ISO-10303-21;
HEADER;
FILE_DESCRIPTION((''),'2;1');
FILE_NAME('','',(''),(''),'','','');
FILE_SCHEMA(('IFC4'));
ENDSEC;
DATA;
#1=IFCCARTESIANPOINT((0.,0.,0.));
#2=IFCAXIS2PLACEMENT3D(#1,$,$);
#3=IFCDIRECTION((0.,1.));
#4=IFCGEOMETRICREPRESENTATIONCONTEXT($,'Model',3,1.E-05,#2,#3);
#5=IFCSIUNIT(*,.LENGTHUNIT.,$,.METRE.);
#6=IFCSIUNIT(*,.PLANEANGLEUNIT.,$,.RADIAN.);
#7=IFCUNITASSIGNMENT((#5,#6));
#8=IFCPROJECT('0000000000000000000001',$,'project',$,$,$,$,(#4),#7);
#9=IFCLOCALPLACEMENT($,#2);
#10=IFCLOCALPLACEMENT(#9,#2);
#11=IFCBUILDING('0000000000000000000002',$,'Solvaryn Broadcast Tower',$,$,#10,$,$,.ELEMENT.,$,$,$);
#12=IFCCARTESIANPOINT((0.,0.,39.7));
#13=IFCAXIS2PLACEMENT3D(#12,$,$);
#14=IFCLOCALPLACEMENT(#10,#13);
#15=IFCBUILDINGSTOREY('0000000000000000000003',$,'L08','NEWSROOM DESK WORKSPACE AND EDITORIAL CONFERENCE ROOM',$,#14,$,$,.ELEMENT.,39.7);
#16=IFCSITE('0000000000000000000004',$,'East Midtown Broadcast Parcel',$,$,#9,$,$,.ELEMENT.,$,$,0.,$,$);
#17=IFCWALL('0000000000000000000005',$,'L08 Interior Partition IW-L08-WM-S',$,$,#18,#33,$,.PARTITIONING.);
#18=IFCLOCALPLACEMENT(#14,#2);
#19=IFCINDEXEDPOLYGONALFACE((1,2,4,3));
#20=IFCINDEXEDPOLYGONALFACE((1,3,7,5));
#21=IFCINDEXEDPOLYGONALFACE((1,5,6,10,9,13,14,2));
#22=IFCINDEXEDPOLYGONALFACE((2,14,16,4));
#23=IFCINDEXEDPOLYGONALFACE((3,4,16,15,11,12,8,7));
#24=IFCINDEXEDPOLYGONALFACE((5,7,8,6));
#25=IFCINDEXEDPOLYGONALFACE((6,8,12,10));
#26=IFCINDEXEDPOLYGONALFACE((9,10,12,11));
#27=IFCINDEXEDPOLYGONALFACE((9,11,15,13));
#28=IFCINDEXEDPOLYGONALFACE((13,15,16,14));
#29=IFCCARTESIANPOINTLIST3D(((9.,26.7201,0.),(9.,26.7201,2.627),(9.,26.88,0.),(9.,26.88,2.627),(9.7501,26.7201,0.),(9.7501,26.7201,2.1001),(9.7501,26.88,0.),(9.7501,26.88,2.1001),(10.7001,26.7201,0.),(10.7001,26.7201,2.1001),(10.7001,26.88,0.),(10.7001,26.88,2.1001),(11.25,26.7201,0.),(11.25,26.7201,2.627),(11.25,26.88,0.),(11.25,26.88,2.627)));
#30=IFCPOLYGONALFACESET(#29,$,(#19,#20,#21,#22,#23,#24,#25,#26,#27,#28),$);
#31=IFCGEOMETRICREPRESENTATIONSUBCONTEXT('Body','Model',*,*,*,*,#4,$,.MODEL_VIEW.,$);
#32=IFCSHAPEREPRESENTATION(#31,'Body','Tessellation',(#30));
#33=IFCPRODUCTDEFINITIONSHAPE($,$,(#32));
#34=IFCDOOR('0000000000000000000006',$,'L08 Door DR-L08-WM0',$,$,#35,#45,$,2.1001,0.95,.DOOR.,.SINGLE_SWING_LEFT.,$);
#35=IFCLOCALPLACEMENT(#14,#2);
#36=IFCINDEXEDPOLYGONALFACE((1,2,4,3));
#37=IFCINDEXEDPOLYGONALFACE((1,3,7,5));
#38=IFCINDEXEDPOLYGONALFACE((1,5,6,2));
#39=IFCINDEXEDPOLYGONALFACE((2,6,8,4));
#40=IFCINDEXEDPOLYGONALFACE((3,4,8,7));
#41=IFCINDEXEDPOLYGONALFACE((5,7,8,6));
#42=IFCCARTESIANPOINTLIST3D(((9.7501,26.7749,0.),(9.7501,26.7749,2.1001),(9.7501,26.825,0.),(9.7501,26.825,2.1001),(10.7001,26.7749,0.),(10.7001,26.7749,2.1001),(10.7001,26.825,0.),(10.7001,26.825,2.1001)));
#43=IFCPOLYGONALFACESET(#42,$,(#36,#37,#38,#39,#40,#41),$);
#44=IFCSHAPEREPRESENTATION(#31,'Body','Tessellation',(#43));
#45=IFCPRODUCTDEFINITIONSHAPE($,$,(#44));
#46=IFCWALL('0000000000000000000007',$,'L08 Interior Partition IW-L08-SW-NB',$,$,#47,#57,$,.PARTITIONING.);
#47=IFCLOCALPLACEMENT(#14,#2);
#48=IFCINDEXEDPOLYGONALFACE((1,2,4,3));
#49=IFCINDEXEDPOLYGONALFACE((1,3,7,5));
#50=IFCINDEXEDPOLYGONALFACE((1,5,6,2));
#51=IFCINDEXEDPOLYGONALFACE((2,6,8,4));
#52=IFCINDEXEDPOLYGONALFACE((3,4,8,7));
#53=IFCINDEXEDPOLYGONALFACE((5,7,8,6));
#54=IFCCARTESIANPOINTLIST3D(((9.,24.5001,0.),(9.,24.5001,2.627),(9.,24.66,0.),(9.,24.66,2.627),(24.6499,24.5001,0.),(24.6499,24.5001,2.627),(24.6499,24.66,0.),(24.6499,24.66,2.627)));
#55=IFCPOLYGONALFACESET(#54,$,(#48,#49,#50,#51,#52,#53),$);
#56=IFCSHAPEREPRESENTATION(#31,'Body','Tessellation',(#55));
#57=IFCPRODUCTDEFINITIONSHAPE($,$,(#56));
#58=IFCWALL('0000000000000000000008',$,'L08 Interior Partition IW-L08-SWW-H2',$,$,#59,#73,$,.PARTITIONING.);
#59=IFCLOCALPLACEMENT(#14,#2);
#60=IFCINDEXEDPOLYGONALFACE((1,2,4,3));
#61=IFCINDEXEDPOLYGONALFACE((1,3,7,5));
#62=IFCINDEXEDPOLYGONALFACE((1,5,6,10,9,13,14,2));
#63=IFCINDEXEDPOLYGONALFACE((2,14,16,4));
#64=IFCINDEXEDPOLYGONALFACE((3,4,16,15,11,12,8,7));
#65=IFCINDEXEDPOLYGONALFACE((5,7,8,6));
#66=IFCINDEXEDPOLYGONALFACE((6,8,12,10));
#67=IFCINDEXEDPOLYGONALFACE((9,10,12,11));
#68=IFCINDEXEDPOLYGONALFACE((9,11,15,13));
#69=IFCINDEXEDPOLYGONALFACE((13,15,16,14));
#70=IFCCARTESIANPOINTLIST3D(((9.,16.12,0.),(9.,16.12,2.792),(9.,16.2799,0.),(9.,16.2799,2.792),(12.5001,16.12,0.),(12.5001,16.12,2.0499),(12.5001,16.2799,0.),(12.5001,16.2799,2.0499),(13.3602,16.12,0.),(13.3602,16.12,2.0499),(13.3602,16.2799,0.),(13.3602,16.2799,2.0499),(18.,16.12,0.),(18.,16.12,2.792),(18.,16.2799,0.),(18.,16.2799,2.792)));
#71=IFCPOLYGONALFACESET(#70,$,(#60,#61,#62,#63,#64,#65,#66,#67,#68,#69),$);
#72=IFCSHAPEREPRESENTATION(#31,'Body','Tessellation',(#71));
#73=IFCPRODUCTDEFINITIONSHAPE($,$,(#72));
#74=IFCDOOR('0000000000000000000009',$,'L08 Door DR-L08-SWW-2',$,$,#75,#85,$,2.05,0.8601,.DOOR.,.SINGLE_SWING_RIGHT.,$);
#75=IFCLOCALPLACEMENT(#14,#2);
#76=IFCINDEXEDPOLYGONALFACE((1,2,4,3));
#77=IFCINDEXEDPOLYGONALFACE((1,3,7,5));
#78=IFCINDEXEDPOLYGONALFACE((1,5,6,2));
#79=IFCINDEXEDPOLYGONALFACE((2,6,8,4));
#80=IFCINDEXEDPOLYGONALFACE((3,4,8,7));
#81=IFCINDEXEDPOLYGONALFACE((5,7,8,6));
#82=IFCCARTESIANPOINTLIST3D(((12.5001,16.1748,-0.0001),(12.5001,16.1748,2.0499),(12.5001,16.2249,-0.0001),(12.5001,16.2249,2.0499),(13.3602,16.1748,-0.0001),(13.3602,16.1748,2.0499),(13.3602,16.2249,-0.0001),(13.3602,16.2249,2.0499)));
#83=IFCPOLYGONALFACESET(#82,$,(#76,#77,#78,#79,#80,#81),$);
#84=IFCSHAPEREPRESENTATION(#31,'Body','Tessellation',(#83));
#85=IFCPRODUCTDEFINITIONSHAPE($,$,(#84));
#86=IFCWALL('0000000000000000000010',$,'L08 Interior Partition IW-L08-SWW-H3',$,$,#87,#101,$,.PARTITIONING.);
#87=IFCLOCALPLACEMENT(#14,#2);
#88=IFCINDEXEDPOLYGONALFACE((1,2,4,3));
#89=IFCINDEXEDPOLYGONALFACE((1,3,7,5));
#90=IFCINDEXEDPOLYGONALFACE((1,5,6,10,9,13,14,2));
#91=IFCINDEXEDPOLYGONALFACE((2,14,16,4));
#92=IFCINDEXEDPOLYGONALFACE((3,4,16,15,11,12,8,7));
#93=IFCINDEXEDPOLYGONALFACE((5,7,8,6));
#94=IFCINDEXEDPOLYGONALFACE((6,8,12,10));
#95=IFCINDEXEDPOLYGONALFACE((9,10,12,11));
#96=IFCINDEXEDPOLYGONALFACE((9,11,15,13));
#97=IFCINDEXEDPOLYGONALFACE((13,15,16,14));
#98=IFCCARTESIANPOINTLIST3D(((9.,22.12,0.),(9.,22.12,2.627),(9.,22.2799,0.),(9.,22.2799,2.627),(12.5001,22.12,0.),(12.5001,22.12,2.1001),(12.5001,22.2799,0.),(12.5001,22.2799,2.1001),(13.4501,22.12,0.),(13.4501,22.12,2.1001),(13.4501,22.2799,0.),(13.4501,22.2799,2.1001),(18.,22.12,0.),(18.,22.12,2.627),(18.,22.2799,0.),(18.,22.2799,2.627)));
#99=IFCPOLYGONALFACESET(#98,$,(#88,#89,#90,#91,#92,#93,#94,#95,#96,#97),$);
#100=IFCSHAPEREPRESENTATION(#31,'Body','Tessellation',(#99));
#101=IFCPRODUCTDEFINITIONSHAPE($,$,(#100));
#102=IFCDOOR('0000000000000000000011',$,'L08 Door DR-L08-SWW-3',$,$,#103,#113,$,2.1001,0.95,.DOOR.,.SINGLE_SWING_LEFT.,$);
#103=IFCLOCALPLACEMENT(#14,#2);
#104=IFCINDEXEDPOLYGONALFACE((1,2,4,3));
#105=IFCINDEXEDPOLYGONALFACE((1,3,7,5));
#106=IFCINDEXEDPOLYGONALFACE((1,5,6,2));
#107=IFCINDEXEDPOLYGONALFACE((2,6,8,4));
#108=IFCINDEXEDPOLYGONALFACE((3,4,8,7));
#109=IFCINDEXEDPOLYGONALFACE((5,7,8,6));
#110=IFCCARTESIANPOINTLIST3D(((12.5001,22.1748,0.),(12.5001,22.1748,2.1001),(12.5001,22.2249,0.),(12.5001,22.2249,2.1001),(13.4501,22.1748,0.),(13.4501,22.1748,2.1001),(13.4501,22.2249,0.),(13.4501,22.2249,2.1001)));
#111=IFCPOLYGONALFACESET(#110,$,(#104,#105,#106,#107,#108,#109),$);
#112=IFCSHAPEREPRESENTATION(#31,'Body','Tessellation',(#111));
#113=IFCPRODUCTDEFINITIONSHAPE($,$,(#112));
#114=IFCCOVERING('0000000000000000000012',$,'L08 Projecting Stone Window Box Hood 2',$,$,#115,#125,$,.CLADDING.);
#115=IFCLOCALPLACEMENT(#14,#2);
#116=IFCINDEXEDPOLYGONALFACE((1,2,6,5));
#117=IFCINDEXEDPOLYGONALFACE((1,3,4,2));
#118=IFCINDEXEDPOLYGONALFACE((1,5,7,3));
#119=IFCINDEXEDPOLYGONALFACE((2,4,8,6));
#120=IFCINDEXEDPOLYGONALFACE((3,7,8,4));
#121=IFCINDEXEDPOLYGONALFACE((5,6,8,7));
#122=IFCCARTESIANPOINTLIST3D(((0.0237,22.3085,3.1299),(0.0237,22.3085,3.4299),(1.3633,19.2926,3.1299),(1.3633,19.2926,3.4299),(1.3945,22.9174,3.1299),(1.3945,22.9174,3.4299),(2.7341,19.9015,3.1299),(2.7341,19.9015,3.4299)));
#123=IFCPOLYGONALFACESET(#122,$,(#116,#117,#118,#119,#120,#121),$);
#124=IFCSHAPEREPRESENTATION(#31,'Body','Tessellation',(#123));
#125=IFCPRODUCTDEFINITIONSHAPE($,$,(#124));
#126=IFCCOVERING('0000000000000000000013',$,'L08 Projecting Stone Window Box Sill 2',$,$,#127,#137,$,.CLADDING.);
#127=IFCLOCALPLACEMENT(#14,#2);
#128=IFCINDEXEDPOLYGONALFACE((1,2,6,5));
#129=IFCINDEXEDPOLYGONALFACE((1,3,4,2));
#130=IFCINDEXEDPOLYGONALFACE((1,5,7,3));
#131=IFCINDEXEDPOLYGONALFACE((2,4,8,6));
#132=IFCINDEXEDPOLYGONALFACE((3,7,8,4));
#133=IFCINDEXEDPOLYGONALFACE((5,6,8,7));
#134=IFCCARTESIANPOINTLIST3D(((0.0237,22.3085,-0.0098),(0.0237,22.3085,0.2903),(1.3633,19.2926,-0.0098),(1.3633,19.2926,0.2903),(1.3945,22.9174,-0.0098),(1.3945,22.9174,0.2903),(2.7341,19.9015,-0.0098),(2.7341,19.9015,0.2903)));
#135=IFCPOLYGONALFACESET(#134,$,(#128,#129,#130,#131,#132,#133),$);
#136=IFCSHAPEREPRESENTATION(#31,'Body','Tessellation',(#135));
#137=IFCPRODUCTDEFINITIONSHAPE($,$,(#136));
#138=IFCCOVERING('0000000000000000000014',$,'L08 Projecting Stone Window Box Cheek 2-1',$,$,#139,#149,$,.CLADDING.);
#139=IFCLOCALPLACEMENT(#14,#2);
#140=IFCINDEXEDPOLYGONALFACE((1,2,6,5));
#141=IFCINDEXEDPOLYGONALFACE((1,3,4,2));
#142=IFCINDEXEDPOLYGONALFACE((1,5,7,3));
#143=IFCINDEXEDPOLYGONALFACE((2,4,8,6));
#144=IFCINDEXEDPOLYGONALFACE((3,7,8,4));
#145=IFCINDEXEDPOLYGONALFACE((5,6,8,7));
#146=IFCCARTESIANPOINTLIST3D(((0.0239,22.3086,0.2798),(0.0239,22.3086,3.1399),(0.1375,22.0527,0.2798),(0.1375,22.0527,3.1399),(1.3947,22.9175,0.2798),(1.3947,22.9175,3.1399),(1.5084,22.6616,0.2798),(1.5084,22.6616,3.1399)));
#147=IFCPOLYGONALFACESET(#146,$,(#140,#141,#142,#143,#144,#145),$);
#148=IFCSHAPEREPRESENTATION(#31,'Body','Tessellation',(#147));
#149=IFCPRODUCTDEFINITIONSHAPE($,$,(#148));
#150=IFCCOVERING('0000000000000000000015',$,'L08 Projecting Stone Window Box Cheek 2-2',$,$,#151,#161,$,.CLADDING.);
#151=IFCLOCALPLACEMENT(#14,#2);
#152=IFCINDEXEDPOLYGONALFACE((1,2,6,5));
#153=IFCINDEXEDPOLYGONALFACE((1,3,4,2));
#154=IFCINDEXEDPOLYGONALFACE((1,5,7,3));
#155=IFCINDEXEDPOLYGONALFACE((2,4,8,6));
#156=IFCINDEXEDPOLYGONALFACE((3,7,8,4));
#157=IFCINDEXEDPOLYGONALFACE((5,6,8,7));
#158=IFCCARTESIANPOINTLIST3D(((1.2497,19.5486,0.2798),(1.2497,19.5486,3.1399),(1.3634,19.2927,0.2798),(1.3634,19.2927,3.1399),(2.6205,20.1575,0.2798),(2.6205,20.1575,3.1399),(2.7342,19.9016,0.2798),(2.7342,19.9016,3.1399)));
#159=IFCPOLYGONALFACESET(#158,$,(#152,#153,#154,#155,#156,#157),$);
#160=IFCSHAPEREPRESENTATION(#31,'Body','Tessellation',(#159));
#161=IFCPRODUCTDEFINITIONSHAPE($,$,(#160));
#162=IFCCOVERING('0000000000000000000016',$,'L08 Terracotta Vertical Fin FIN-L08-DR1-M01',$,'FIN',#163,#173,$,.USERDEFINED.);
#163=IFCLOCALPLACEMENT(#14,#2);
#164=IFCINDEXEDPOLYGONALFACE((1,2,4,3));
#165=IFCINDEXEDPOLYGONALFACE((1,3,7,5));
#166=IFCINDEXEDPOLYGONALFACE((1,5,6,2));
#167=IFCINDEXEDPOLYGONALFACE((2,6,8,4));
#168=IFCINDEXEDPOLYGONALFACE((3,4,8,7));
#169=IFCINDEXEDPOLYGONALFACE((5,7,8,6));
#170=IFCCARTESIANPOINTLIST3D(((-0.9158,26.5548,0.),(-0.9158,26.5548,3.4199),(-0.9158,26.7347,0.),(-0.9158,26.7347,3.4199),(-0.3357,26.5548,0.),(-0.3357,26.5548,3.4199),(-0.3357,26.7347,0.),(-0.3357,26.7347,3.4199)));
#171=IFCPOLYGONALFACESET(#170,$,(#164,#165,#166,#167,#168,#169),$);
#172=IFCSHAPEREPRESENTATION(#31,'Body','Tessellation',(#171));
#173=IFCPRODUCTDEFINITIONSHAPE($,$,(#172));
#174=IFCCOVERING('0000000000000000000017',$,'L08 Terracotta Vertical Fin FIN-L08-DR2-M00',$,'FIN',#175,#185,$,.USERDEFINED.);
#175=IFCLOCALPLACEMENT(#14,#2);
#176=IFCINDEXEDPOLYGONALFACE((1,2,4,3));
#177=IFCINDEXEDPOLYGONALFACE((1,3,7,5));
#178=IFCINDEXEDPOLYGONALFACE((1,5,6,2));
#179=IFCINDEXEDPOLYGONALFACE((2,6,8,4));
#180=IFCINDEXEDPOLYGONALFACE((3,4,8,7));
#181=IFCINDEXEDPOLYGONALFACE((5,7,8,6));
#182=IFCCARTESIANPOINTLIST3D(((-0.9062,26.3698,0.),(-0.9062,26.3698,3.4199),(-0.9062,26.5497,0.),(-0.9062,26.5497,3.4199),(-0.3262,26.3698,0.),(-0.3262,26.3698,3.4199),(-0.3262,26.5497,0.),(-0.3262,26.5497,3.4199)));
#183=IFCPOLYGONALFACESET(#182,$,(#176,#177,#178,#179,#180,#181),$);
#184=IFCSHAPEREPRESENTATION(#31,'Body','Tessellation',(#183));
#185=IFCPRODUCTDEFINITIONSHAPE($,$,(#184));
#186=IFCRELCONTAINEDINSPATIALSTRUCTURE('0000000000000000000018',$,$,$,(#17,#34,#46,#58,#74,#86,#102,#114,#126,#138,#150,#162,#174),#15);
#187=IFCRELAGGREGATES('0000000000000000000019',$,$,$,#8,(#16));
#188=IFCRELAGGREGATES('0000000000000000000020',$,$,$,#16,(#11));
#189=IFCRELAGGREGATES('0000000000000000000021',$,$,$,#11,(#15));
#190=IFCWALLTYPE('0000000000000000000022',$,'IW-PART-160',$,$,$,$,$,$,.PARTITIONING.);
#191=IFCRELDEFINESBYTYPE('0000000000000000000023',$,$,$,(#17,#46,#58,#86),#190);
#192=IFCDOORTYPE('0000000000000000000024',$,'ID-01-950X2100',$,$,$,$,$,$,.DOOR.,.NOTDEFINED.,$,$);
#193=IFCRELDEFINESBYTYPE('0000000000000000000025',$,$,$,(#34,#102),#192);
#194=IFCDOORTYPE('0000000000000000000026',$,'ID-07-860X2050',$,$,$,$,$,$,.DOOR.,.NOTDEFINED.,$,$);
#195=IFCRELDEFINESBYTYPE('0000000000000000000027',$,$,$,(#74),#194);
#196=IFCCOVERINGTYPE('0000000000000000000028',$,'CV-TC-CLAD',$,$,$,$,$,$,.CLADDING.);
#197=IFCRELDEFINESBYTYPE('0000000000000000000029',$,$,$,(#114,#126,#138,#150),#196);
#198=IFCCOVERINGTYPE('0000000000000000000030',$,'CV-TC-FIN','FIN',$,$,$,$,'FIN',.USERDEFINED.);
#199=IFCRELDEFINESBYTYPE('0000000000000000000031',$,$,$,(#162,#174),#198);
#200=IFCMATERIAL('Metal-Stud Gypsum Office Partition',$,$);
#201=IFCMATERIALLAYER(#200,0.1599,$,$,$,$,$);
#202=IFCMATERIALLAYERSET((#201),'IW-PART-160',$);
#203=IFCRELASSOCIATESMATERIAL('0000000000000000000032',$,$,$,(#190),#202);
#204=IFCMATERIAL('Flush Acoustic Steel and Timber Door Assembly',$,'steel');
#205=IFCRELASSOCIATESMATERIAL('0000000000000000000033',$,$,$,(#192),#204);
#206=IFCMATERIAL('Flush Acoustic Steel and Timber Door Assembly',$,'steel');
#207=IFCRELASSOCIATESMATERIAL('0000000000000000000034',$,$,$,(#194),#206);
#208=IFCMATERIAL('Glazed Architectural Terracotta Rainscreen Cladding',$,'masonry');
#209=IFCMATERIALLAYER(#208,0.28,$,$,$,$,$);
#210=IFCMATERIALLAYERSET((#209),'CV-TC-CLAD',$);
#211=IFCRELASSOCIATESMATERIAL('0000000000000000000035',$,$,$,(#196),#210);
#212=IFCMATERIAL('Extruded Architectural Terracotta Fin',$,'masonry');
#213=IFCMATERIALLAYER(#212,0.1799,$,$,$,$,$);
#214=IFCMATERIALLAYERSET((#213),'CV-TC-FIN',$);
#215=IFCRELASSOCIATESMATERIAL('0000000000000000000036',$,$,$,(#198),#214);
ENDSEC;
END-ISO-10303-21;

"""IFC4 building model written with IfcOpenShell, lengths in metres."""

from ifc_helpers import new_model, si_unit, direction, frame, frame_2d, origin, origin_2d, place, context, subcontext, project, spatial, rectangle, extrude, material, layer, layer_set, type_object, element, fill, save


model = new_model("IFC4")

# Units and contexts
model_context = context("Model", 3, precision=1e-05, world=origin(), true_north=direction((0.0, 1.0)))
body_context = subcontext(model_context, "Body", "Model", "MODEL_VIEW")
ifc_project = project(units=[si_unit("LENGTHUNIT", "METRE"), si_unit("PLANEANGLEUNIT", "RADIAN")], contexts=[model_context])

# Site, building, storey
site_placement = place(None, origin())
site = spatial("IfcSite", under=ifc_project, at=site_placement, Name="East Midtown Broadcast Parcel", CompositionType="ELEMENT", RefElevation=0.0)
building_placement = place(site_placement, origin())
building = spatial("IfcBuilding", under=site, at=building_placement, Name="Solvaryn Broadcast Tower", CompositionType="ELEMENT")
storey_placement = place(building_placement, frame((0.0, 0.0, 39.7)))
storey = spatial("IfcBuildingStorey", under=building, at=storey_placement, Name="L08", Description="NEWSROOM DESK WORKSPACE AND EDITORIAL CONFERENCE ROOM", CompositionType="ELEMENT", Elevation=39.7)

# Wall, opening, door
ifc_material_1 = material(Name="Metal-Stud Gypsum Office Partition")
ifc_layer_1 = layer(ifc_material_1, 0.1599)
ifc_layer_set_1 = layer_set([ifc_layer_1], Name="IW-PART-160")
wall_type = type_object("IfcWallType", Name="IW-PART-160", PredefinedType="PARTITIONING", material=ifc_layer_set_1)
wall_1_placement = place(storey_placement, frame((9.0, 26.8, 0.0), z_axis=(0.0, 0.0, 1.0), x_axis=(1.0, 0.0, 0.0)))
wall_1 = element("IfcWall", 1, at=wall_1_placement, inside=storey, type_object=wall_type, Name="L08 Interior Partition IW-L08-WM-S", PredefinedType="PARTITIONING", context=body_context, shape_type="SweptSolid", body=[
    extrude(rectangle(XDim=2.25, YDim=0.1599, at=frame_2d((1.125, 0.0))), origin(), (0.0, 0.0, 1.0), 2.627),
])
opening_1_placement = place(wall_1_placement, frame((0.75, 0.0, 0.0)))
opening_1 = element("IfcOpeningElement", 2, at=opening_1_placement, cuts=wall_1, PredefinedType="OPENING", context=body_context, shape_type="SweptSolid", body=[
    extrude(rectangle(XDim=0.95, YDim=2.1001, at=frame_2d((0.4751, 1.05))), frame((0.0, 0.0901, 0.0), z_axis=(0.0, -1.0, 0.0), x_axis=(1.0, 0.0, 0.0)), (0.0, 0.0, 1.0), 0.1799),
])
ifc_material_2 = material(Name="Flush Acoustic Steel and Timber Door Assembly", Category="steel")
door_type_1 = type_object("IfcDoorType", Name="ID-01-950X2100", OperationType="NOTDEFINED", PredefinedType="DOOR", material=ifc_material_2)
door_1_placement = place(opening_1_placement, origin())
door_1 = element("IfcDoor", 3, at=door_1_placement, inside=storey, type_object=door_type_1, Name="L08 Door DR-L08-WM0", OperationType="SINGLE_SWING_LEFT", OverallHeight=2.1001, OverallWidth=0.95, PredefinedType="DOOR", context=body_context, shape_type="SweptSolid", body=[
    extrude(rectangle(XDim=0.95, YDim=2.1001, at=frame_2d((0.4751, 1.05))), frame((0.0, 0.0249, 0.0), z_axis=(0.0, -1.0, 0.0), x_axis=(1.0, 0.0, 0.0)), (0.0, 0.0, 1.0), 0.05),
])
fill(opening_1, door_1)

# Wall
wall_2_placement = place(storey_placement, frame((9.0, 24.5801, 0.0), z_axis=(0.0, 0.0, 1.0), x_axis=(1.0, 0.0, 0.0)))
element("IfcWall", 4, at=wall_2_placement, inside=storey, type_object=wall_type, Name="L08 Interior Partition IW-L08-SW-NB", PredefinedType="PARTITIONING", context=body_context, shape_type="SweptSolid", body=[
    extrude(rectangle(XDim=15.6499, YDim=0.1599, at=frame_2d((7.825, 0.0))), origin(), (0.0, 0.0, 1.0), 2.627),
])

# Walls, openings, doors
wall_3_placement = place(storey_placement, frame((9.0, 16.2, 0.0), z_axis=(0.0, 0.0, 1.0), x_axis=(1.0, 0.0, 0.0)))
wall_3 = element("IfcWall", 5, at=wall_3_placement, inside=storey, type_object=wall_type, Name="L08 Interior Partition IW-L08-SWW-H2", PredefinedType="PARTITIONING", context=body_context, shape_type="SweptSolid", body=[
    extrude(rectangle(XDim=9.0, YDim=0.1599, at=frame_2d((4.5, 0.0))), origin(), (0.0, 0.0, 1.0), 2.792),
])
opening_2_placement = place(wall_3_placement, frame((3.5, 0.0, 0.0)))
opening_2 = element("IfcOpeningElement", 6, at=opening_2_placement, cuts=wall_3, PredefinedType="OPENING", context=body_context, shape_type="SweptSolid", body=[
    extrude(rectangle(XDim=0.8601, YDim=2.05, at=frame_2d((0.4302, 1.0249))), frame((0.0, 0.0901, 0.0), z_axis=(0.0, -1.0, 0.0), x_axis=(1.0, 0.0, 0.0)), (0.0, 0.0, 1.0), 0.1799),
])
ifc_material_3 = material(Name="Flush Acoustic Steel and Timber Door Assembly", Category="steel")
door_type_2 = type_object("IfcDoorType", Name="ID-07-860X2050", OperationType="NOTDEFINED", PredefinedType="DOOR", material=ifc_material_3)
door_2_placement = place(opening_2_placement, origin())
door_2 = element("IfcDoor", 7, at=door_2_placement, inside=storey, type_object=door_type_2, Name="L08 Door DR-L08-SWW-2", OperationType="SINGLE_SWING_RIGHT", OverallHeight=2.05, OverallWidth=0.8601, PredefinedType="DOOR", context=body_context, shape_type="SweptSolid", body=[
    extrude(rectangle(XDim=0.8601, YDim=2.05, at=frame_2d((0.4302, 1.0249))), frame((0.0, 0.0249, 0.0), z_axis=(0.0, -1.0, 0.0), x_axis=(1.0, 0.0, 0.0)), (0.0, 0.0, 1.0), 0.05),
])
fill(opening_2, door_2)
wall_4_placement = place(storey_placement, frame((9.0, 22.2, 0.0), z_axis=(0.0, 0.0, 1.0), x_axis=(1.0, 0.0, 0.0)))
wall_4 = element("IfcWall", 8, at=wall_4_placement, inside=storey, type_object=wall_type, Name="L08 Interior Partition IW-L08-SWW-H3", PredefinedType="PARTITIONING", context=body_context, shape_type="SweptSolid", body=[
    extrude(rectangle(XDim=9.0, YDim=0.1599, at=frame_2d((4.5, 0.0))), origin(), (0.0, 0.0, 1.0), 2.627),
])
opening_3_placement = place(wall_4_placement, frame((3.5, 0.0, 0.0)))
opening_3 = element("IfcOpeningElement", 9, at=opening_3_placement, cuts=wall_4, PredefinedType="OPENING", context=body_context, shape_type="SweptSolid", body=[
    extrude(rectangle(XDim=0.95, YDim=2.1001, at=frame_2d((0.4751, 1.05))), frame((0.0, 0.0901, 0.0), z_axis=(0.0, -1.0, 0.0), x_axis=(1.0, 0.0, 0.0)), (0.0, 0.0, 1.0), 0.1799),
])
door_3_placement = place(opening_3_placement, origin())
door_3 = element("IfcDoor", 10, at=door_3_placement, inside=storey, type_object=door_type_1, Name="L08 Door DR-L08-SWW-3", OperationType="SINGLE_SWING_LEFT", OverallHeight=2.1001, OverallWidth=0.95, PredefinedType="DOOR", context=body_context, shape_type="SweptSolid", body=[
    extrude(rectangle(XDim=0.95, YDim=2.1001, at=frame_2d((0.4751, 1.05))), frame((0.0, 0.0249, 0.0), z_axis=(0.0, -1.0, 0.0), x_axis=(1.0, 0.0, 0.0)), (0.0, 0.0, 1.0), 0.05),
])
fill(opening_3, door_3)

# Coverings
ifc_material_4 = material(Name="Glazed Architectural Terracotta Rainscreen Cladding", Category="masonry")
ifc_layer_2 = layer(ifc_material_4, 0.28)
ifc_layer_set_2 = layer_set([ifc_layer_2], Name="CV-TC-CLAD")
covering_type_1 = type_object("IfcCoveringType", Name="CV-TC-CLAD", PredefinedType="CLADDING", material=ifc_layer_set_2)
for number, where, z_axis, x_axis, name in (
    (11, (1.3789, 21.105, 3.1299), (0.0, 0.0, 1.0), (0.405939, -0.9139, 0.0), "L08 Projecting Stone Window Box Hood 2"),
    (12, (1.3789, 21.105, -0.0098), (0.0, 0.0, 1.0), (0.405939, -0.9139, 0.0), "L08 Projecting Stone Window Box Sill 2"),
):
    element("IfcCovering", number, at=place(storey_placement, frame(where, z_axis=z_axis, x_axis=x_axis)), inside=storey, type_object=covering_type_1, Name=name, PredefinedType="CLADDING", context=body_context, shape_type="SweptSolid", body=[
        extrude(rectangle(XDim=3.3, YDim=1.5, at=origin_2d()), origin(), (0.0, 0.0, 1.0), 0.3),
    ])
for number, where, z_axis, x_axis, name in (
    (13, (0.7661, 22.4851, 0.2798), (0.0, 0.0, 1.0), (0.405939, -0.9139, 0.0), "L08 Projecting Stone Window Box Cheek 2-1"),
    (14, (1.9919, 19.7251, 0.2798), (0.0, 0.0, 1.0), (0.405939, -0.9139, 0.0), "L08 Projecting Stone Window Box Cheek 2-2"),
):
    element("IfcCovering", number, at=place(storey_placement, frame(where, z_axis=z_axis, x_axis=x_axis)), inside=storey, type_object=covering_type_1, Name=name, PredefinedType="CLADDING", context=body_context, shape_type="SweptSolid", body=[
        extrude(rectangle(XDim=0.28, YDim=1.5, at=origin_2d()), origin(), (0.0, 0.0, 1.0), 2.8601),
    ])
ifc_material_5 = material(Name="Extruded Architectural Terracotta Fin", Category="masonry")
ifc_layer_3 = layer(ifc_material_5, 0.1799)
ifc_layer_set_3 = layer_set([ifc_layer_3], Name="CV-TC-FIN")
covering_type_2 = type_object("IfcCoveringType", Name="CV-TC-FIN", Description="FIN", ElementType="FIN", PredefinedType="USERDEFINED", material=ifc_layer_set_3)
for number, where, z_axis, x_axis, name in (
    (15, (-0.6257, 26.6448, 0.0), (0.0, 0.0, 1.0), (1.0, 0.0, 0.0), "L08 Terracotta Vertical Fin FIN-L08-DR1-M01"),
    (16, (-0.6162, 26.4597, 0.0), (0.0, 0.0, 1.0), (1.0, 0.0, 0.0), "L08 Terracotta Vertical Fin FIN-L08-DR2-M00"),
):
    element("IfcCovering", number, at=place(storey_placement, frame(where, z_axis=z_axis, x_axis=x_axis)), inside=storey, type_object=covering_type_2, Name=name, ObjectType="FIN", PredefinedType="USERDEFINED", context=body_context, shape_type="SweptSolid", body=[
        extrude(rectangle(XDim=0.5801, YDim=0.1799, at=origin_2d()), origin(), (0.0, 0.0, 1.0), 3.4199),
    ])

save(model, "model.ifc")
